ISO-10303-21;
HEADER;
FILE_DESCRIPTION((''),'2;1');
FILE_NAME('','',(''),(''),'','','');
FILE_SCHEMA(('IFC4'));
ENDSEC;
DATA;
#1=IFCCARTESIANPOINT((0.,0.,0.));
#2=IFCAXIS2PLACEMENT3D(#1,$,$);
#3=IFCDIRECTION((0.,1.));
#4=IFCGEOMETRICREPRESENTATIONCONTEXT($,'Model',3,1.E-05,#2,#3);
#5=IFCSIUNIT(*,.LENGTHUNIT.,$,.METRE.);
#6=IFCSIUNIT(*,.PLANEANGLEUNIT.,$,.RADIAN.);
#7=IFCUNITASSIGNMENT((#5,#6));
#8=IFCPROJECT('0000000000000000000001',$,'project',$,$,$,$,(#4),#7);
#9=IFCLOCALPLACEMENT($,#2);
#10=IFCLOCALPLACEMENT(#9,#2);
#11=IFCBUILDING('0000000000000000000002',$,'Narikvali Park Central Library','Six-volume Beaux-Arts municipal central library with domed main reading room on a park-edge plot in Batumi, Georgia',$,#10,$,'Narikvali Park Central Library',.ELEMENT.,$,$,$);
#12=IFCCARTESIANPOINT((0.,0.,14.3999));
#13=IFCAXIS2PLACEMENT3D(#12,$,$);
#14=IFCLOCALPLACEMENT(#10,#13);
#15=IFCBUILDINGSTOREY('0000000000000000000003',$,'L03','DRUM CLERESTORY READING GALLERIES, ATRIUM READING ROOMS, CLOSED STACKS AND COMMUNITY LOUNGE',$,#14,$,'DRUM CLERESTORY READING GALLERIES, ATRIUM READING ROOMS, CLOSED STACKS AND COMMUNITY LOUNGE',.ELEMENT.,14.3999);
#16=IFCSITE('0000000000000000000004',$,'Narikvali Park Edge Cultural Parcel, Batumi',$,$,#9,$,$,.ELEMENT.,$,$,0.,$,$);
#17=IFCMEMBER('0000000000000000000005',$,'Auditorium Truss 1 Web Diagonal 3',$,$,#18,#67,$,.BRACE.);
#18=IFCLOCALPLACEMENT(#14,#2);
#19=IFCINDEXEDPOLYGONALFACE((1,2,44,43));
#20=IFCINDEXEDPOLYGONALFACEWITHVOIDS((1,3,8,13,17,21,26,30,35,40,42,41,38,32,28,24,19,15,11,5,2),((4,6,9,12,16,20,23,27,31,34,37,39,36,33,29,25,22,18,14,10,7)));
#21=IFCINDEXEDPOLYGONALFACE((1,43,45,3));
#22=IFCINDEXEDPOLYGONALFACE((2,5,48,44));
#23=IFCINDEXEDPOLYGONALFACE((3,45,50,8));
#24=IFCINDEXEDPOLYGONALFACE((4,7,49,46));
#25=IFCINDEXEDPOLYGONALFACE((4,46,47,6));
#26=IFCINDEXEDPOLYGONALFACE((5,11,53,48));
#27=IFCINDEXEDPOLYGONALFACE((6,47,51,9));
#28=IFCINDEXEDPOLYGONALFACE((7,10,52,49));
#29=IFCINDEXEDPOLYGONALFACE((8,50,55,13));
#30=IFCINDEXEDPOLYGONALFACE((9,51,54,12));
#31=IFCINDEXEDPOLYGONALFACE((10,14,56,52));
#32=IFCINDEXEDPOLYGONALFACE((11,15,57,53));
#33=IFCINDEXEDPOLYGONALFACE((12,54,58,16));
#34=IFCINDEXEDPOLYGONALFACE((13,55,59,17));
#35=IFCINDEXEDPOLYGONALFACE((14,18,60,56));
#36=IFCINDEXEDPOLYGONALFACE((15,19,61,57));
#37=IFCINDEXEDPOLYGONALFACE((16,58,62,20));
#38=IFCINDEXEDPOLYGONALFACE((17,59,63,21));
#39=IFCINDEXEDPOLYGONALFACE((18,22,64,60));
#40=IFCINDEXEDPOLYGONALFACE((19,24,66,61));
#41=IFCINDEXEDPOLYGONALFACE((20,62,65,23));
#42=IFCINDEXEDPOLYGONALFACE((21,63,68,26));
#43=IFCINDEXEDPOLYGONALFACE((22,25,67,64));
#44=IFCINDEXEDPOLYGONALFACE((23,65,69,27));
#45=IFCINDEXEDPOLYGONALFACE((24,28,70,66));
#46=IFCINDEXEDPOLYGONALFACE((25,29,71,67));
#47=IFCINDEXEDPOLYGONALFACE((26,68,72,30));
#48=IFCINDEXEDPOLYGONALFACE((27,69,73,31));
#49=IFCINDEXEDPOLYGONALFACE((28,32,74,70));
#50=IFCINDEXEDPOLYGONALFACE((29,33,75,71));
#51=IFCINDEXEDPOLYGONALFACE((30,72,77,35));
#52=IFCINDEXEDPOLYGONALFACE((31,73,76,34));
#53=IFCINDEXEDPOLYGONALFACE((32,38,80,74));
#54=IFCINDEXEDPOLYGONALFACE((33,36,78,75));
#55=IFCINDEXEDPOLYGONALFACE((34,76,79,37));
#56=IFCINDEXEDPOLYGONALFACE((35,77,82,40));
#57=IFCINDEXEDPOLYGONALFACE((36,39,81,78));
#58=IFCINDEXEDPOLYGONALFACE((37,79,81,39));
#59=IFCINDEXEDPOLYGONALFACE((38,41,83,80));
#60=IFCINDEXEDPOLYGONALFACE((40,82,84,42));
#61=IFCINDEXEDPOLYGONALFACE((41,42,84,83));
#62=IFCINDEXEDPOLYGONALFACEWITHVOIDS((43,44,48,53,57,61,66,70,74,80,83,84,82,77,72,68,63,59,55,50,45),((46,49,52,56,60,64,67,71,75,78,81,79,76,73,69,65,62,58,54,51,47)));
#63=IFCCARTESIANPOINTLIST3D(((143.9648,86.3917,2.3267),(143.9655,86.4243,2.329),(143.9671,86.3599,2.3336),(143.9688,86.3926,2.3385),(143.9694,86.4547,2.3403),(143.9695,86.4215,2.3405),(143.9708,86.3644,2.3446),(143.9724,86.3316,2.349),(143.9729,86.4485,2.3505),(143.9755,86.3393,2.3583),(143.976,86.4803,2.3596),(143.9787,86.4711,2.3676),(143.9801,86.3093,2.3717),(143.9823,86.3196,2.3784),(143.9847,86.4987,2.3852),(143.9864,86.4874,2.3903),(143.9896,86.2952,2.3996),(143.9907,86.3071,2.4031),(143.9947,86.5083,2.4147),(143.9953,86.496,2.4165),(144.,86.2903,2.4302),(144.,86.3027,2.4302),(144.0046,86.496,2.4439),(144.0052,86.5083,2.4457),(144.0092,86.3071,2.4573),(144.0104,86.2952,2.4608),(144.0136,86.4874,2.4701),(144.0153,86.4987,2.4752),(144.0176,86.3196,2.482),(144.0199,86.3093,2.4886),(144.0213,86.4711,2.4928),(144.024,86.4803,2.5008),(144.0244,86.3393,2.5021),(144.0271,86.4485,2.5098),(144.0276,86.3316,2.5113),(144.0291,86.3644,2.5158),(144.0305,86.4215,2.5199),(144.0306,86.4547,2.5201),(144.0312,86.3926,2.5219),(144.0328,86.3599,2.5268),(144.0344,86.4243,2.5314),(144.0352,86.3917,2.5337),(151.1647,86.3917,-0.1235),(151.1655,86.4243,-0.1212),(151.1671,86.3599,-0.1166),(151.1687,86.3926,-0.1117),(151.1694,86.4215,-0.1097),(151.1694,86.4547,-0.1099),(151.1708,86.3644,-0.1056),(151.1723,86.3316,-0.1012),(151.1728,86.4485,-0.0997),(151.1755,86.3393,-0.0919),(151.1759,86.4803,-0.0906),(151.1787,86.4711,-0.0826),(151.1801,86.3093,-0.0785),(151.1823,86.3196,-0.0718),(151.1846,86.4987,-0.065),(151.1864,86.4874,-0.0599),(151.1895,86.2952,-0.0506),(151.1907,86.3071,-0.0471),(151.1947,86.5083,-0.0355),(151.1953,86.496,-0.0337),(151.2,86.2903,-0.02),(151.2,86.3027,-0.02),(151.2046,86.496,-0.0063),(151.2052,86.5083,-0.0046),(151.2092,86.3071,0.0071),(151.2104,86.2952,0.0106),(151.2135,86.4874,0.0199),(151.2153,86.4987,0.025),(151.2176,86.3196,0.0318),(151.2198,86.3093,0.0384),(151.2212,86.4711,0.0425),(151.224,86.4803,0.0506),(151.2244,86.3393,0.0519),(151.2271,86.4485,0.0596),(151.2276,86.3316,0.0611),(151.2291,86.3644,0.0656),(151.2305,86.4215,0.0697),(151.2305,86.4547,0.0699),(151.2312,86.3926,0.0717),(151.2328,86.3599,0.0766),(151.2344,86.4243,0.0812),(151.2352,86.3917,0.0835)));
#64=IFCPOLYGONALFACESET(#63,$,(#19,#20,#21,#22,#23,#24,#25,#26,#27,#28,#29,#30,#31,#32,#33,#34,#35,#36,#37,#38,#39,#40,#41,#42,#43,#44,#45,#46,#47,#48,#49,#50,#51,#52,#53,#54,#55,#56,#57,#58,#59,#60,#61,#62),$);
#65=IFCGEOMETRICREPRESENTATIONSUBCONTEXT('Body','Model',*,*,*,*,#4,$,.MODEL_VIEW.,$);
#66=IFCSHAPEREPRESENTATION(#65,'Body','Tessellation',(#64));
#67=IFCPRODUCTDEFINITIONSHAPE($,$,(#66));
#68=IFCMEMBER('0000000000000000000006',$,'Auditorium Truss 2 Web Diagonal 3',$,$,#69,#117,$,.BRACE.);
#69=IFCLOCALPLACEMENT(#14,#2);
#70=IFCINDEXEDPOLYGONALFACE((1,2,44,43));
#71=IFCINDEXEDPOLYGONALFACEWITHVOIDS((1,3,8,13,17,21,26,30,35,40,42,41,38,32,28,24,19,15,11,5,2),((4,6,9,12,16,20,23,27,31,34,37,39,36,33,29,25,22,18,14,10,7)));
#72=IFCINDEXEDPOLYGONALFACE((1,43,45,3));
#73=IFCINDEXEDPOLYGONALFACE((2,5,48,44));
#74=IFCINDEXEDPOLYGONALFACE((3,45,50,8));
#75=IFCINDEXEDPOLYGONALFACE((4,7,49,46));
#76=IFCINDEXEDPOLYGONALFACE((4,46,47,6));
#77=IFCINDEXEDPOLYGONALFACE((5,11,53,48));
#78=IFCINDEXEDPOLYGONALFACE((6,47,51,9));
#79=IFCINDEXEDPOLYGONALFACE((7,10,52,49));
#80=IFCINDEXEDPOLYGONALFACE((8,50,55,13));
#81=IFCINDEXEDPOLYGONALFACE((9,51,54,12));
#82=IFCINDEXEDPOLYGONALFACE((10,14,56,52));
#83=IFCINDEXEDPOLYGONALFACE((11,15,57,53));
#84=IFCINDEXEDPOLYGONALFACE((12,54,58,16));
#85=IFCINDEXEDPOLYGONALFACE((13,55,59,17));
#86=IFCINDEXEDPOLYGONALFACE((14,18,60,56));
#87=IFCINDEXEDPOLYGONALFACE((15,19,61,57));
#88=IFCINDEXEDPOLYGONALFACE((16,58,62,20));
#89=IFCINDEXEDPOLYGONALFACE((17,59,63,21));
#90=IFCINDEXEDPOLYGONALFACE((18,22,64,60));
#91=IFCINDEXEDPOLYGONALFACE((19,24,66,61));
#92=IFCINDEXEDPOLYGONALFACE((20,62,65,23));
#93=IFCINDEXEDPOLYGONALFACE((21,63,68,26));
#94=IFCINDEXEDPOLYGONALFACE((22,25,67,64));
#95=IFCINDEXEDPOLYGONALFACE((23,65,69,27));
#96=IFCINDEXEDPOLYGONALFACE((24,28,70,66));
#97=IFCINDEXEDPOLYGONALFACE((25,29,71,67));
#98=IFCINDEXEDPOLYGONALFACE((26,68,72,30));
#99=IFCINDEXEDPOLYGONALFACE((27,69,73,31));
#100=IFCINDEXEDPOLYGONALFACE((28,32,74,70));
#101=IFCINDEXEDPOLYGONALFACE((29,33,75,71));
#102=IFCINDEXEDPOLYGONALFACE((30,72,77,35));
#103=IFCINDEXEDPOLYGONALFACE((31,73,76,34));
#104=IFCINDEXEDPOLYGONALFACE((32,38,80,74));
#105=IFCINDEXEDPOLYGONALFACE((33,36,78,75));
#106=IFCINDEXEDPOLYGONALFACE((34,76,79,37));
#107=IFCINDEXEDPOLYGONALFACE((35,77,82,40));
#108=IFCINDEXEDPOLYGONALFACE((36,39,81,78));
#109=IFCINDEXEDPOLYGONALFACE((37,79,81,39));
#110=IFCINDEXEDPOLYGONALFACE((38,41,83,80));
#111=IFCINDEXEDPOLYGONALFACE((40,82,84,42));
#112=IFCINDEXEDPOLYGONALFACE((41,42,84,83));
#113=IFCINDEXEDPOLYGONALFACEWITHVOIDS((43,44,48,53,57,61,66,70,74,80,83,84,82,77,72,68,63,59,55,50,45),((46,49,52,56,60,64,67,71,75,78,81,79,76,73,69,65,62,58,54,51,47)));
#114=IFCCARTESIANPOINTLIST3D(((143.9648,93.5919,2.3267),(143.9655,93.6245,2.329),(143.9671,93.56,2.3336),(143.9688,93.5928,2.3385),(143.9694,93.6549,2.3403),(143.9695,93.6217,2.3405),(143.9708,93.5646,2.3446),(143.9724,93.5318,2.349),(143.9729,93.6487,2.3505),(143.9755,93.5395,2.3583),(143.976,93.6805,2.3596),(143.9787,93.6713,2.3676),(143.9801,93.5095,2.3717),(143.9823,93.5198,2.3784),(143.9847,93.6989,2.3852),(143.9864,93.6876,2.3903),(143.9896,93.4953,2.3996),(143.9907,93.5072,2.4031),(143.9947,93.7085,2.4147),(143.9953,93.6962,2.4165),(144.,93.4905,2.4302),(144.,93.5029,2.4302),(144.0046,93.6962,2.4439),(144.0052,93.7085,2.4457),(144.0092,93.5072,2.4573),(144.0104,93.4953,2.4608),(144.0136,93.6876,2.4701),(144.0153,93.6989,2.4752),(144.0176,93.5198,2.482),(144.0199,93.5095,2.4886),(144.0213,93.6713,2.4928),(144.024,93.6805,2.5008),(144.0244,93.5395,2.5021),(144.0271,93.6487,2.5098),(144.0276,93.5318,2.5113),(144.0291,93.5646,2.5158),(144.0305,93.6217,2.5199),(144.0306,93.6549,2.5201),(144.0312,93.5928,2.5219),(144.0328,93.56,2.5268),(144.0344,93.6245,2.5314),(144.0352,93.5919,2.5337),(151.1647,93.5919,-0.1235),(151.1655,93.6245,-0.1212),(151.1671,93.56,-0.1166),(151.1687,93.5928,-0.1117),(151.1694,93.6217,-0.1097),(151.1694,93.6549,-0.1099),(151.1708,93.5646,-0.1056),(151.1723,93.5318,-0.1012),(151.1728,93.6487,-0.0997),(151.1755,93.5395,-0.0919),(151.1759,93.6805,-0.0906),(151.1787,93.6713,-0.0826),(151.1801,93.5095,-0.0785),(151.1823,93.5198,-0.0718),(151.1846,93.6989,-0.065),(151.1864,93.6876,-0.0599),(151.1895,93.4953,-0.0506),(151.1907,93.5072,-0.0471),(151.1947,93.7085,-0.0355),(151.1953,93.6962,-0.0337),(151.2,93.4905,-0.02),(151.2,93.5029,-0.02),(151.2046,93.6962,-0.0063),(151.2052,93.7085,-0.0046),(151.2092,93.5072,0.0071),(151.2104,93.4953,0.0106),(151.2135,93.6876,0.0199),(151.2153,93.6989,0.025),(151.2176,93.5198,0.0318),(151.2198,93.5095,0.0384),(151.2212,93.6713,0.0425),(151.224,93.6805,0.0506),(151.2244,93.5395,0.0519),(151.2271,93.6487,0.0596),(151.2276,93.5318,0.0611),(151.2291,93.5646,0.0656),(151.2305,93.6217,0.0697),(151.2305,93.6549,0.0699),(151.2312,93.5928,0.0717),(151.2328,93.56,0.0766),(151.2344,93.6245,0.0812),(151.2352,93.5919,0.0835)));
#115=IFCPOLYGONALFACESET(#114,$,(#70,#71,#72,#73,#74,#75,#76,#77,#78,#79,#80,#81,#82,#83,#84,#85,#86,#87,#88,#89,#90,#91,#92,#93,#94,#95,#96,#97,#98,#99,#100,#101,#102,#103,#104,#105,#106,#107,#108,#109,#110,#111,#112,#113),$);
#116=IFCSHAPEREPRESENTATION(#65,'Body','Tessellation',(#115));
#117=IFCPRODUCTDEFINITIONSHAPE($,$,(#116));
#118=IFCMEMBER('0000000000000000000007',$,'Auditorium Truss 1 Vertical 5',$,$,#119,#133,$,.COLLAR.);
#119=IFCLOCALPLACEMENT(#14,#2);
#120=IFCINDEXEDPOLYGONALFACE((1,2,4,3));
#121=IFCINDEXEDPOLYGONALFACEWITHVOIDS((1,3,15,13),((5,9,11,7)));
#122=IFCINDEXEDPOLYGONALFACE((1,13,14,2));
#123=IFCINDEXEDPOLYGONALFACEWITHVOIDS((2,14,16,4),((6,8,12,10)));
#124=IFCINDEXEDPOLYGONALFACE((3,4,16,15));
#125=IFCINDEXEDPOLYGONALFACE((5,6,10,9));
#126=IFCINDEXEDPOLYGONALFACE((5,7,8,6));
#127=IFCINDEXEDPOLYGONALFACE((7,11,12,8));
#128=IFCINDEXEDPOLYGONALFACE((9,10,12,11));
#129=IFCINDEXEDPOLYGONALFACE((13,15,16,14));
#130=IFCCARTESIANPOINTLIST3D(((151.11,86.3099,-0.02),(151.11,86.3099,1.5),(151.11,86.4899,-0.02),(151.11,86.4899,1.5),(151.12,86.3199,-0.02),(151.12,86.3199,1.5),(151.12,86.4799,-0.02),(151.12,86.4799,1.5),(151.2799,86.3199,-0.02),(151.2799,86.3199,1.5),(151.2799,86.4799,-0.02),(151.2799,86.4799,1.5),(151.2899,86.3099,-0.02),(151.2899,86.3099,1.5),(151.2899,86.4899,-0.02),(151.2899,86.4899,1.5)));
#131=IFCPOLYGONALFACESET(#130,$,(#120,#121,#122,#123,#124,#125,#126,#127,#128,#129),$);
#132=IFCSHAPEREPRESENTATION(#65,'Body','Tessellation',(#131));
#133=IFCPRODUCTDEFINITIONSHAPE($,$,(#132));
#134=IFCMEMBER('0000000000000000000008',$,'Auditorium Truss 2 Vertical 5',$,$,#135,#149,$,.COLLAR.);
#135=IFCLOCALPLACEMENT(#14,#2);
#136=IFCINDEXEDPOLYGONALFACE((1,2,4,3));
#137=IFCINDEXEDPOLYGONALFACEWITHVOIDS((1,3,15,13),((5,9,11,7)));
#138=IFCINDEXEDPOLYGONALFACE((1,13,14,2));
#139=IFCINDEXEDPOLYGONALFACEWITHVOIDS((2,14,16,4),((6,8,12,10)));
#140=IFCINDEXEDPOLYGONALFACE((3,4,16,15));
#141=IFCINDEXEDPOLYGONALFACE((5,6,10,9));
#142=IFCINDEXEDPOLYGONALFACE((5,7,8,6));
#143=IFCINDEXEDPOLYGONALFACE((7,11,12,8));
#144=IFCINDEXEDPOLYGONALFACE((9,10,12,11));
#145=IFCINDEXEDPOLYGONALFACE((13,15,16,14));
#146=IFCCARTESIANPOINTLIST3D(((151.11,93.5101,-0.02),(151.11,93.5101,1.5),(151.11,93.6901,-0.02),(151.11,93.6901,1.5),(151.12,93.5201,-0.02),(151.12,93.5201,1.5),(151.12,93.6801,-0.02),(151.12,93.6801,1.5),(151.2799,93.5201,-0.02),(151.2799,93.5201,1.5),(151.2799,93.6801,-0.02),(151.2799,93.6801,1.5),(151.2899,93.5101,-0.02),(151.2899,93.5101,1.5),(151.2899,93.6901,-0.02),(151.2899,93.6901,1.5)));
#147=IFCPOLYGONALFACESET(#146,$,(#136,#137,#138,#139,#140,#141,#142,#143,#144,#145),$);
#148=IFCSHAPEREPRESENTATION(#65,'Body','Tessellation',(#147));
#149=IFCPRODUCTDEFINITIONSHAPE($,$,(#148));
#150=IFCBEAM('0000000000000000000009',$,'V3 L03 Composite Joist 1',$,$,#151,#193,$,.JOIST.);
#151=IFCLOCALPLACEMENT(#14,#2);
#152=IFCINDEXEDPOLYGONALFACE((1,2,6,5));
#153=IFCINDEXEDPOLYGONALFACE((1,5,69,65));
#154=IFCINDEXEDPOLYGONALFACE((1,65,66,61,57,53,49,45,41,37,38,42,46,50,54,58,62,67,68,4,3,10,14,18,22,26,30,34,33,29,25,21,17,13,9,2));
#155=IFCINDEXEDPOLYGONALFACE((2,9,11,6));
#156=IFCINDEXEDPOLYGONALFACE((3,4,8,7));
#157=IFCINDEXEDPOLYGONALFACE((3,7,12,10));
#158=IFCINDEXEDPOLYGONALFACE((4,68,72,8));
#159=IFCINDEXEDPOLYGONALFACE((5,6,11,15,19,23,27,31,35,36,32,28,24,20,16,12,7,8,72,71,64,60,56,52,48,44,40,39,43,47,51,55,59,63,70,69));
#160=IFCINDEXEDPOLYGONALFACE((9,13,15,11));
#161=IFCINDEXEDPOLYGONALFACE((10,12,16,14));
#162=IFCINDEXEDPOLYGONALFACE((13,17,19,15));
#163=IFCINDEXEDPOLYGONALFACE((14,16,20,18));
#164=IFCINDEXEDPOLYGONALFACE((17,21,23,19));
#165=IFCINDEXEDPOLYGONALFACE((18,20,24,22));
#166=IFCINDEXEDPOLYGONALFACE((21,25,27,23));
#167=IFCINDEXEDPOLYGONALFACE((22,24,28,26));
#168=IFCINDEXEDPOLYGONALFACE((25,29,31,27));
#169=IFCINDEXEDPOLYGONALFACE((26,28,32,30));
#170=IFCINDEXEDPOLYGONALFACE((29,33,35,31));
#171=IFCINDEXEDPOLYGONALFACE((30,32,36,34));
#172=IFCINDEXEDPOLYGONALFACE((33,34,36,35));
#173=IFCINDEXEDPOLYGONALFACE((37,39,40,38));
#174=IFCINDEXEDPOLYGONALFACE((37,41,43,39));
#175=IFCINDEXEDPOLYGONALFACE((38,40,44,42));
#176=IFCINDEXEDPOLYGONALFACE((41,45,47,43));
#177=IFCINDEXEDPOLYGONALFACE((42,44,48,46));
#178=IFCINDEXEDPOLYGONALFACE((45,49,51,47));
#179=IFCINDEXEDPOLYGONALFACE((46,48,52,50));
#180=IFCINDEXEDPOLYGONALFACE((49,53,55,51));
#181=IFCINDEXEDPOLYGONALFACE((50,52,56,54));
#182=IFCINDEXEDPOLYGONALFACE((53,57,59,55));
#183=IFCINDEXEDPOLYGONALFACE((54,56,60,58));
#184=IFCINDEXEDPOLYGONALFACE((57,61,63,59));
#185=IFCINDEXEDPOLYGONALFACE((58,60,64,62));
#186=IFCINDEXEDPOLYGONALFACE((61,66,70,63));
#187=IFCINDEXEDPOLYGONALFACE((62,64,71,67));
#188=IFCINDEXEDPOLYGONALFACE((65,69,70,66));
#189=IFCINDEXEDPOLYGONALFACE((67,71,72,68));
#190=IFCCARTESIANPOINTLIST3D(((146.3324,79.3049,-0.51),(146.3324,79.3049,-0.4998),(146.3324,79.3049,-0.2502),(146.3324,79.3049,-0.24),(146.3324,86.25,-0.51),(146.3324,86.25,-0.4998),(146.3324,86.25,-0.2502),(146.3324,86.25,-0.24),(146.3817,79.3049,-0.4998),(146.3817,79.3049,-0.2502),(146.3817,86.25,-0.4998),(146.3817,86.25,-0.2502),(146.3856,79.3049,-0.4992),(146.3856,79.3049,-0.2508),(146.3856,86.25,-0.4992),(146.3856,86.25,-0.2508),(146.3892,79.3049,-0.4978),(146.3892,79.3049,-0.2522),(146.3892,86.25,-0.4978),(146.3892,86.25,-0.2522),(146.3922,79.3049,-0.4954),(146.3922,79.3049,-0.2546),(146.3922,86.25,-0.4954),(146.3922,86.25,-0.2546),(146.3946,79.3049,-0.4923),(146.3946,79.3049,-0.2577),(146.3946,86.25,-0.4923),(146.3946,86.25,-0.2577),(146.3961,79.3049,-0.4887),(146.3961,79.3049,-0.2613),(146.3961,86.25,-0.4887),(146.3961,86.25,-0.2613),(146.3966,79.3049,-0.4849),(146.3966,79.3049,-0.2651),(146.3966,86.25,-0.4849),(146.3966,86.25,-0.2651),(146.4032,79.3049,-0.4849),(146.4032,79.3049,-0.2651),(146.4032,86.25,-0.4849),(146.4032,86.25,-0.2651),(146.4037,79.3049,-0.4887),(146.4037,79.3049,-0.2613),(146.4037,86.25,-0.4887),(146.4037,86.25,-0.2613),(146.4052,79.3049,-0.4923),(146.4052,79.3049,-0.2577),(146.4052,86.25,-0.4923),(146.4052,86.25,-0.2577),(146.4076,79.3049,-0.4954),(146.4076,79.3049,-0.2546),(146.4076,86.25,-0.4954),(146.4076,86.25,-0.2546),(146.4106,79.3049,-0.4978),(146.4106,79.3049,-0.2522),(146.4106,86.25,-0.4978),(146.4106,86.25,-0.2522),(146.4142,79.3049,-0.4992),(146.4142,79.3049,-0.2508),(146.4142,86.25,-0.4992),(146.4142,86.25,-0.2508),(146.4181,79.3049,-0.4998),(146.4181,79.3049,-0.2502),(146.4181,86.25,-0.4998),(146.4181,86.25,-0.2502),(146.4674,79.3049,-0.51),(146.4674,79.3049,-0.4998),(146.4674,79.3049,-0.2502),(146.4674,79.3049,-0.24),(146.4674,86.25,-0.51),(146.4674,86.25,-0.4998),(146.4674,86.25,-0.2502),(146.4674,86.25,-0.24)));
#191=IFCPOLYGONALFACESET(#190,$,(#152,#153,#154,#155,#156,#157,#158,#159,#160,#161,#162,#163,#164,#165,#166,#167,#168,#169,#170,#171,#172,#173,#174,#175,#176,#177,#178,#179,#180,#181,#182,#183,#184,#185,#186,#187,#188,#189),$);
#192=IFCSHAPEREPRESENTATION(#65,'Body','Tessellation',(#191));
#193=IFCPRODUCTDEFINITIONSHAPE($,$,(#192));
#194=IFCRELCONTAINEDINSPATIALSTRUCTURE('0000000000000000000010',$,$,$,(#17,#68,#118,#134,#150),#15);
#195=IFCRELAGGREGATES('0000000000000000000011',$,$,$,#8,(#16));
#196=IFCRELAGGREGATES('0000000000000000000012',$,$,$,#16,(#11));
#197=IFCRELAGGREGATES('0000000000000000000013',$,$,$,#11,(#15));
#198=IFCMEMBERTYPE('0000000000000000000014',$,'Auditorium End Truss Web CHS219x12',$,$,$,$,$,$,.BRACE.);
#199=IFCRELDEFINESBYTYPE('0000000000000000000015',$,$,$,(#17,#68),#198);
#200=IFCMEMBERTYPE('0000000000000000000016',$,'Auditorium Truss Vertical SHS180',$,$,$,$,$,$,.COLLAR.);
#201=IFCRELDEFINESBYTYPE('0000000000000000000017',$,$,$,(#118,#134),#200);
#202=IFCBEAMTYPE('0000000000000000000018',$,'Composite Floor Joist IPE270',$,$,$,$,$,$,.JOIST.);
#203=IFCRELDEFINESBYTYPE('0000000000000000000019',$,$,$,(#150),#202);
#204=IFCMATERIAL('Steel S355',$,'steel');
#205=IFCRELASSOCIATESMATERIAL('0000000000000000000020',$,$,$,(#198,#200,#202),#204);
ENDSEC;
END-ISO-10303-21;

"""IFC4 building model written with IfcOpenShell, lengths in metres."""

from ifc_helpers import new_model, si_unit, direction, frame, origin, origin_2d, place, context, subcontext, project, spatial, hollow_rectangle, hollow_circle, i_section, extrude, material, material_profile, profile_set, type_object, element, save


model = new_model("IFC4")

# Units and contexts
model_context = context("Model", 3, precision=1e-05, world=origin(), true_north=direction((0.0, 1.0)))
body_context = subcontext(model_context, "Body", "Model", "MODEL_VIEW")
ifc_project = project(units=[si_unit("LENGTHUNIT", "METRE"), si_unit("PLANEANGLEUNIT", "RADIAN")], contexts=[model_context])

# Site, building, storey
site_placement = place(None, origin())
site = spatial("IfcSite", under=ifc_project, at=site_placement, Name="Narikvali Park Edge Cultural Parcel, Batumi", CompositionType="ELEMENT", RefElevation=0.0)
building_placement = place(site_placement, origin())
building = spatial("IfcBuilding", under=site, at=building_placement, Name="Narikvali Park Central Library", Description="Six-volume Beaux-Arts municipal central library with domed main reading room on a park-edge plot in Batumi, Georgia", LongName="Narikvali Park Central Library", CompositionType="ELEMENT")
storey_placement = place(building_placement, frame((0.0, 0.0, 14.3999)))
storey = spatial("IfcBuildingStorey", under=building, at=storey_placement, Name="L03", Description="DRUM CLERESTORY READING GALLERIES, ATRIUM READING ROOMS, CLOSED STACKS AND COMMUNITY LOUNGE", LongName="DRUM CLERESTORY READING GALLERIES, ATRIUM READING ROOMS, CLOSED STACKS AND COMMUNITY LOUNGE", CompositionType="ELEMENT", Elevation=14.3999)

# Members
ifc_material_1 = material(Name="Steel S355", Category="steel")
ifc_material_profile_1 = material_profile(ifc_material_1, hollow_circle(Radius=0.1096, WallThickness=0.0125, at=origin_2d()), Name="CHS 219.1x12.5")
ifc_profile_set_1 = profile_set([ifc_material_profile_1], Name="Steel S355")
member_type_1 = type_object("IfcMemberType", Name="Auditorium End Truss Web CHS219x12", PredefinedType="BRACE", material=ifc_profile_set_1)
for number, where, z_axis, x_axis, name in (
    (1, (151.2, 86.3999, -0.02), (-0.946684, 0.0, 0.322163), (0.0, -1.0, 0.0), "Auditorium Truss 1 Web Diagonal 3"),
    (2, (151.2, 93.6001, -0.02), (-0.946684, 0.0, 0.322163), (0.0, -1.0, 0.0), "Auditorium Truss 2 Web Diagonal 3"),
):
    element("IfcMember", number, at=place(storey_placement, frame(where, z_axis=z_axis, x_axis=x_axis)), inside=storey, type_object=member_type_1, Name=name, PredefinedType="BRACE", context=body_context, shape_type="SweptSolid", body=[
        extrude(hollow_circle(Radius=0.1096, WallThickness=0.0125, at=origin_2d()), origin(), (0.0, 0.0, 1.0), 7.6055),
    ])
ifc_material_profile_2 = material_profile(ifc_material_1, hollow_rectangle(XDim=0.1799, YDim=0.1799, WallThickness=0.01, at=origin_2d()), Name="SHS 180x180x10")
ifc_profile_set_2 = profile_set([ifc_material_profile_2], Name="Steel S355")
member_type_2 = type_object("IfcMemberType", Name="Auditorium Truss Vertical SHS180", PredefinedType="COLLAR", material=ifc_profile_set_2)
for number, where, z_axis, x_axis, name in (
    (3, (151.2, 86.3999, -0.02), (0.0, 0.0, 1.0), (1.0, 0.0, 0.0), "Auditorium Truss 1 Vertical 5"),
    (4, (151.2, 93.6001, -0.02), (0.0, 0.0, 1.0), (1.0, 0.0, 0.0), "Auditorium Truss 2 Vertical 5"),
):
    element("IfcMember", number, at=place(storey_placement, frame(where, z_axis=z_axis, x_axis=x_axis)), inside=storey, type_object=member_type_2, Name=name, PredefinedType="COLLAR", context=body_context, shape_type="SweptSolid", body=[
        extrude(hollow_rectangle(XDim=0.1799, YDim=0.1799, WallThickness=0.01, at=origin_2d()), origin(), (0.0, 0.0, 1.0), 1.52),
    ])

# Beam
ifc_material_profile_3 = material_profile(ifc_material_1, i_section(OverallWidth=0.135, OverallDepth=0.27, WebThickness=0.0066, FlangeThickness=0.0103, FilletRadius=0.0149, at=origin_2d()), Name="IPE 270")
ifc_profile_set_3 = profile_set([ifc_material_profile_3], Name="Steel S355")
beam_type_1 = type_object("IfcBeamType", Name="Composite Floor Joist IPE270", PredefinedType="JOIST", material=ifc_profile_set_3)
for number, where, z_axis, x_axis, name in (
    (5, (146.3999, 79.3049, -0.375), (0.0, 1.0, 0.0), (-1.0, 0.0, 0.0), "V3 L03 Composite Joist 1"),
):
    element("IfcBeam", number, at=place(storey_placement, frame(where, z_axis=z_axis, x_axis=x_axis)), inside=storey, type_object=beam_type_1, Name=name, PredefinedType="JOIST", context=body_context, shape_type="SweptSolid", body=[
        extrude(i_section(OverallWidth=0.135, OverallDepth=0.27, WebThickness=0.0066, FlangeThickness=0.0103, FilletRadius=0.0149, at=origin_2d()), origin(), (0.0, 0.0, 1.0), 6.9451),
    ])

save(model, "model.ifc")
